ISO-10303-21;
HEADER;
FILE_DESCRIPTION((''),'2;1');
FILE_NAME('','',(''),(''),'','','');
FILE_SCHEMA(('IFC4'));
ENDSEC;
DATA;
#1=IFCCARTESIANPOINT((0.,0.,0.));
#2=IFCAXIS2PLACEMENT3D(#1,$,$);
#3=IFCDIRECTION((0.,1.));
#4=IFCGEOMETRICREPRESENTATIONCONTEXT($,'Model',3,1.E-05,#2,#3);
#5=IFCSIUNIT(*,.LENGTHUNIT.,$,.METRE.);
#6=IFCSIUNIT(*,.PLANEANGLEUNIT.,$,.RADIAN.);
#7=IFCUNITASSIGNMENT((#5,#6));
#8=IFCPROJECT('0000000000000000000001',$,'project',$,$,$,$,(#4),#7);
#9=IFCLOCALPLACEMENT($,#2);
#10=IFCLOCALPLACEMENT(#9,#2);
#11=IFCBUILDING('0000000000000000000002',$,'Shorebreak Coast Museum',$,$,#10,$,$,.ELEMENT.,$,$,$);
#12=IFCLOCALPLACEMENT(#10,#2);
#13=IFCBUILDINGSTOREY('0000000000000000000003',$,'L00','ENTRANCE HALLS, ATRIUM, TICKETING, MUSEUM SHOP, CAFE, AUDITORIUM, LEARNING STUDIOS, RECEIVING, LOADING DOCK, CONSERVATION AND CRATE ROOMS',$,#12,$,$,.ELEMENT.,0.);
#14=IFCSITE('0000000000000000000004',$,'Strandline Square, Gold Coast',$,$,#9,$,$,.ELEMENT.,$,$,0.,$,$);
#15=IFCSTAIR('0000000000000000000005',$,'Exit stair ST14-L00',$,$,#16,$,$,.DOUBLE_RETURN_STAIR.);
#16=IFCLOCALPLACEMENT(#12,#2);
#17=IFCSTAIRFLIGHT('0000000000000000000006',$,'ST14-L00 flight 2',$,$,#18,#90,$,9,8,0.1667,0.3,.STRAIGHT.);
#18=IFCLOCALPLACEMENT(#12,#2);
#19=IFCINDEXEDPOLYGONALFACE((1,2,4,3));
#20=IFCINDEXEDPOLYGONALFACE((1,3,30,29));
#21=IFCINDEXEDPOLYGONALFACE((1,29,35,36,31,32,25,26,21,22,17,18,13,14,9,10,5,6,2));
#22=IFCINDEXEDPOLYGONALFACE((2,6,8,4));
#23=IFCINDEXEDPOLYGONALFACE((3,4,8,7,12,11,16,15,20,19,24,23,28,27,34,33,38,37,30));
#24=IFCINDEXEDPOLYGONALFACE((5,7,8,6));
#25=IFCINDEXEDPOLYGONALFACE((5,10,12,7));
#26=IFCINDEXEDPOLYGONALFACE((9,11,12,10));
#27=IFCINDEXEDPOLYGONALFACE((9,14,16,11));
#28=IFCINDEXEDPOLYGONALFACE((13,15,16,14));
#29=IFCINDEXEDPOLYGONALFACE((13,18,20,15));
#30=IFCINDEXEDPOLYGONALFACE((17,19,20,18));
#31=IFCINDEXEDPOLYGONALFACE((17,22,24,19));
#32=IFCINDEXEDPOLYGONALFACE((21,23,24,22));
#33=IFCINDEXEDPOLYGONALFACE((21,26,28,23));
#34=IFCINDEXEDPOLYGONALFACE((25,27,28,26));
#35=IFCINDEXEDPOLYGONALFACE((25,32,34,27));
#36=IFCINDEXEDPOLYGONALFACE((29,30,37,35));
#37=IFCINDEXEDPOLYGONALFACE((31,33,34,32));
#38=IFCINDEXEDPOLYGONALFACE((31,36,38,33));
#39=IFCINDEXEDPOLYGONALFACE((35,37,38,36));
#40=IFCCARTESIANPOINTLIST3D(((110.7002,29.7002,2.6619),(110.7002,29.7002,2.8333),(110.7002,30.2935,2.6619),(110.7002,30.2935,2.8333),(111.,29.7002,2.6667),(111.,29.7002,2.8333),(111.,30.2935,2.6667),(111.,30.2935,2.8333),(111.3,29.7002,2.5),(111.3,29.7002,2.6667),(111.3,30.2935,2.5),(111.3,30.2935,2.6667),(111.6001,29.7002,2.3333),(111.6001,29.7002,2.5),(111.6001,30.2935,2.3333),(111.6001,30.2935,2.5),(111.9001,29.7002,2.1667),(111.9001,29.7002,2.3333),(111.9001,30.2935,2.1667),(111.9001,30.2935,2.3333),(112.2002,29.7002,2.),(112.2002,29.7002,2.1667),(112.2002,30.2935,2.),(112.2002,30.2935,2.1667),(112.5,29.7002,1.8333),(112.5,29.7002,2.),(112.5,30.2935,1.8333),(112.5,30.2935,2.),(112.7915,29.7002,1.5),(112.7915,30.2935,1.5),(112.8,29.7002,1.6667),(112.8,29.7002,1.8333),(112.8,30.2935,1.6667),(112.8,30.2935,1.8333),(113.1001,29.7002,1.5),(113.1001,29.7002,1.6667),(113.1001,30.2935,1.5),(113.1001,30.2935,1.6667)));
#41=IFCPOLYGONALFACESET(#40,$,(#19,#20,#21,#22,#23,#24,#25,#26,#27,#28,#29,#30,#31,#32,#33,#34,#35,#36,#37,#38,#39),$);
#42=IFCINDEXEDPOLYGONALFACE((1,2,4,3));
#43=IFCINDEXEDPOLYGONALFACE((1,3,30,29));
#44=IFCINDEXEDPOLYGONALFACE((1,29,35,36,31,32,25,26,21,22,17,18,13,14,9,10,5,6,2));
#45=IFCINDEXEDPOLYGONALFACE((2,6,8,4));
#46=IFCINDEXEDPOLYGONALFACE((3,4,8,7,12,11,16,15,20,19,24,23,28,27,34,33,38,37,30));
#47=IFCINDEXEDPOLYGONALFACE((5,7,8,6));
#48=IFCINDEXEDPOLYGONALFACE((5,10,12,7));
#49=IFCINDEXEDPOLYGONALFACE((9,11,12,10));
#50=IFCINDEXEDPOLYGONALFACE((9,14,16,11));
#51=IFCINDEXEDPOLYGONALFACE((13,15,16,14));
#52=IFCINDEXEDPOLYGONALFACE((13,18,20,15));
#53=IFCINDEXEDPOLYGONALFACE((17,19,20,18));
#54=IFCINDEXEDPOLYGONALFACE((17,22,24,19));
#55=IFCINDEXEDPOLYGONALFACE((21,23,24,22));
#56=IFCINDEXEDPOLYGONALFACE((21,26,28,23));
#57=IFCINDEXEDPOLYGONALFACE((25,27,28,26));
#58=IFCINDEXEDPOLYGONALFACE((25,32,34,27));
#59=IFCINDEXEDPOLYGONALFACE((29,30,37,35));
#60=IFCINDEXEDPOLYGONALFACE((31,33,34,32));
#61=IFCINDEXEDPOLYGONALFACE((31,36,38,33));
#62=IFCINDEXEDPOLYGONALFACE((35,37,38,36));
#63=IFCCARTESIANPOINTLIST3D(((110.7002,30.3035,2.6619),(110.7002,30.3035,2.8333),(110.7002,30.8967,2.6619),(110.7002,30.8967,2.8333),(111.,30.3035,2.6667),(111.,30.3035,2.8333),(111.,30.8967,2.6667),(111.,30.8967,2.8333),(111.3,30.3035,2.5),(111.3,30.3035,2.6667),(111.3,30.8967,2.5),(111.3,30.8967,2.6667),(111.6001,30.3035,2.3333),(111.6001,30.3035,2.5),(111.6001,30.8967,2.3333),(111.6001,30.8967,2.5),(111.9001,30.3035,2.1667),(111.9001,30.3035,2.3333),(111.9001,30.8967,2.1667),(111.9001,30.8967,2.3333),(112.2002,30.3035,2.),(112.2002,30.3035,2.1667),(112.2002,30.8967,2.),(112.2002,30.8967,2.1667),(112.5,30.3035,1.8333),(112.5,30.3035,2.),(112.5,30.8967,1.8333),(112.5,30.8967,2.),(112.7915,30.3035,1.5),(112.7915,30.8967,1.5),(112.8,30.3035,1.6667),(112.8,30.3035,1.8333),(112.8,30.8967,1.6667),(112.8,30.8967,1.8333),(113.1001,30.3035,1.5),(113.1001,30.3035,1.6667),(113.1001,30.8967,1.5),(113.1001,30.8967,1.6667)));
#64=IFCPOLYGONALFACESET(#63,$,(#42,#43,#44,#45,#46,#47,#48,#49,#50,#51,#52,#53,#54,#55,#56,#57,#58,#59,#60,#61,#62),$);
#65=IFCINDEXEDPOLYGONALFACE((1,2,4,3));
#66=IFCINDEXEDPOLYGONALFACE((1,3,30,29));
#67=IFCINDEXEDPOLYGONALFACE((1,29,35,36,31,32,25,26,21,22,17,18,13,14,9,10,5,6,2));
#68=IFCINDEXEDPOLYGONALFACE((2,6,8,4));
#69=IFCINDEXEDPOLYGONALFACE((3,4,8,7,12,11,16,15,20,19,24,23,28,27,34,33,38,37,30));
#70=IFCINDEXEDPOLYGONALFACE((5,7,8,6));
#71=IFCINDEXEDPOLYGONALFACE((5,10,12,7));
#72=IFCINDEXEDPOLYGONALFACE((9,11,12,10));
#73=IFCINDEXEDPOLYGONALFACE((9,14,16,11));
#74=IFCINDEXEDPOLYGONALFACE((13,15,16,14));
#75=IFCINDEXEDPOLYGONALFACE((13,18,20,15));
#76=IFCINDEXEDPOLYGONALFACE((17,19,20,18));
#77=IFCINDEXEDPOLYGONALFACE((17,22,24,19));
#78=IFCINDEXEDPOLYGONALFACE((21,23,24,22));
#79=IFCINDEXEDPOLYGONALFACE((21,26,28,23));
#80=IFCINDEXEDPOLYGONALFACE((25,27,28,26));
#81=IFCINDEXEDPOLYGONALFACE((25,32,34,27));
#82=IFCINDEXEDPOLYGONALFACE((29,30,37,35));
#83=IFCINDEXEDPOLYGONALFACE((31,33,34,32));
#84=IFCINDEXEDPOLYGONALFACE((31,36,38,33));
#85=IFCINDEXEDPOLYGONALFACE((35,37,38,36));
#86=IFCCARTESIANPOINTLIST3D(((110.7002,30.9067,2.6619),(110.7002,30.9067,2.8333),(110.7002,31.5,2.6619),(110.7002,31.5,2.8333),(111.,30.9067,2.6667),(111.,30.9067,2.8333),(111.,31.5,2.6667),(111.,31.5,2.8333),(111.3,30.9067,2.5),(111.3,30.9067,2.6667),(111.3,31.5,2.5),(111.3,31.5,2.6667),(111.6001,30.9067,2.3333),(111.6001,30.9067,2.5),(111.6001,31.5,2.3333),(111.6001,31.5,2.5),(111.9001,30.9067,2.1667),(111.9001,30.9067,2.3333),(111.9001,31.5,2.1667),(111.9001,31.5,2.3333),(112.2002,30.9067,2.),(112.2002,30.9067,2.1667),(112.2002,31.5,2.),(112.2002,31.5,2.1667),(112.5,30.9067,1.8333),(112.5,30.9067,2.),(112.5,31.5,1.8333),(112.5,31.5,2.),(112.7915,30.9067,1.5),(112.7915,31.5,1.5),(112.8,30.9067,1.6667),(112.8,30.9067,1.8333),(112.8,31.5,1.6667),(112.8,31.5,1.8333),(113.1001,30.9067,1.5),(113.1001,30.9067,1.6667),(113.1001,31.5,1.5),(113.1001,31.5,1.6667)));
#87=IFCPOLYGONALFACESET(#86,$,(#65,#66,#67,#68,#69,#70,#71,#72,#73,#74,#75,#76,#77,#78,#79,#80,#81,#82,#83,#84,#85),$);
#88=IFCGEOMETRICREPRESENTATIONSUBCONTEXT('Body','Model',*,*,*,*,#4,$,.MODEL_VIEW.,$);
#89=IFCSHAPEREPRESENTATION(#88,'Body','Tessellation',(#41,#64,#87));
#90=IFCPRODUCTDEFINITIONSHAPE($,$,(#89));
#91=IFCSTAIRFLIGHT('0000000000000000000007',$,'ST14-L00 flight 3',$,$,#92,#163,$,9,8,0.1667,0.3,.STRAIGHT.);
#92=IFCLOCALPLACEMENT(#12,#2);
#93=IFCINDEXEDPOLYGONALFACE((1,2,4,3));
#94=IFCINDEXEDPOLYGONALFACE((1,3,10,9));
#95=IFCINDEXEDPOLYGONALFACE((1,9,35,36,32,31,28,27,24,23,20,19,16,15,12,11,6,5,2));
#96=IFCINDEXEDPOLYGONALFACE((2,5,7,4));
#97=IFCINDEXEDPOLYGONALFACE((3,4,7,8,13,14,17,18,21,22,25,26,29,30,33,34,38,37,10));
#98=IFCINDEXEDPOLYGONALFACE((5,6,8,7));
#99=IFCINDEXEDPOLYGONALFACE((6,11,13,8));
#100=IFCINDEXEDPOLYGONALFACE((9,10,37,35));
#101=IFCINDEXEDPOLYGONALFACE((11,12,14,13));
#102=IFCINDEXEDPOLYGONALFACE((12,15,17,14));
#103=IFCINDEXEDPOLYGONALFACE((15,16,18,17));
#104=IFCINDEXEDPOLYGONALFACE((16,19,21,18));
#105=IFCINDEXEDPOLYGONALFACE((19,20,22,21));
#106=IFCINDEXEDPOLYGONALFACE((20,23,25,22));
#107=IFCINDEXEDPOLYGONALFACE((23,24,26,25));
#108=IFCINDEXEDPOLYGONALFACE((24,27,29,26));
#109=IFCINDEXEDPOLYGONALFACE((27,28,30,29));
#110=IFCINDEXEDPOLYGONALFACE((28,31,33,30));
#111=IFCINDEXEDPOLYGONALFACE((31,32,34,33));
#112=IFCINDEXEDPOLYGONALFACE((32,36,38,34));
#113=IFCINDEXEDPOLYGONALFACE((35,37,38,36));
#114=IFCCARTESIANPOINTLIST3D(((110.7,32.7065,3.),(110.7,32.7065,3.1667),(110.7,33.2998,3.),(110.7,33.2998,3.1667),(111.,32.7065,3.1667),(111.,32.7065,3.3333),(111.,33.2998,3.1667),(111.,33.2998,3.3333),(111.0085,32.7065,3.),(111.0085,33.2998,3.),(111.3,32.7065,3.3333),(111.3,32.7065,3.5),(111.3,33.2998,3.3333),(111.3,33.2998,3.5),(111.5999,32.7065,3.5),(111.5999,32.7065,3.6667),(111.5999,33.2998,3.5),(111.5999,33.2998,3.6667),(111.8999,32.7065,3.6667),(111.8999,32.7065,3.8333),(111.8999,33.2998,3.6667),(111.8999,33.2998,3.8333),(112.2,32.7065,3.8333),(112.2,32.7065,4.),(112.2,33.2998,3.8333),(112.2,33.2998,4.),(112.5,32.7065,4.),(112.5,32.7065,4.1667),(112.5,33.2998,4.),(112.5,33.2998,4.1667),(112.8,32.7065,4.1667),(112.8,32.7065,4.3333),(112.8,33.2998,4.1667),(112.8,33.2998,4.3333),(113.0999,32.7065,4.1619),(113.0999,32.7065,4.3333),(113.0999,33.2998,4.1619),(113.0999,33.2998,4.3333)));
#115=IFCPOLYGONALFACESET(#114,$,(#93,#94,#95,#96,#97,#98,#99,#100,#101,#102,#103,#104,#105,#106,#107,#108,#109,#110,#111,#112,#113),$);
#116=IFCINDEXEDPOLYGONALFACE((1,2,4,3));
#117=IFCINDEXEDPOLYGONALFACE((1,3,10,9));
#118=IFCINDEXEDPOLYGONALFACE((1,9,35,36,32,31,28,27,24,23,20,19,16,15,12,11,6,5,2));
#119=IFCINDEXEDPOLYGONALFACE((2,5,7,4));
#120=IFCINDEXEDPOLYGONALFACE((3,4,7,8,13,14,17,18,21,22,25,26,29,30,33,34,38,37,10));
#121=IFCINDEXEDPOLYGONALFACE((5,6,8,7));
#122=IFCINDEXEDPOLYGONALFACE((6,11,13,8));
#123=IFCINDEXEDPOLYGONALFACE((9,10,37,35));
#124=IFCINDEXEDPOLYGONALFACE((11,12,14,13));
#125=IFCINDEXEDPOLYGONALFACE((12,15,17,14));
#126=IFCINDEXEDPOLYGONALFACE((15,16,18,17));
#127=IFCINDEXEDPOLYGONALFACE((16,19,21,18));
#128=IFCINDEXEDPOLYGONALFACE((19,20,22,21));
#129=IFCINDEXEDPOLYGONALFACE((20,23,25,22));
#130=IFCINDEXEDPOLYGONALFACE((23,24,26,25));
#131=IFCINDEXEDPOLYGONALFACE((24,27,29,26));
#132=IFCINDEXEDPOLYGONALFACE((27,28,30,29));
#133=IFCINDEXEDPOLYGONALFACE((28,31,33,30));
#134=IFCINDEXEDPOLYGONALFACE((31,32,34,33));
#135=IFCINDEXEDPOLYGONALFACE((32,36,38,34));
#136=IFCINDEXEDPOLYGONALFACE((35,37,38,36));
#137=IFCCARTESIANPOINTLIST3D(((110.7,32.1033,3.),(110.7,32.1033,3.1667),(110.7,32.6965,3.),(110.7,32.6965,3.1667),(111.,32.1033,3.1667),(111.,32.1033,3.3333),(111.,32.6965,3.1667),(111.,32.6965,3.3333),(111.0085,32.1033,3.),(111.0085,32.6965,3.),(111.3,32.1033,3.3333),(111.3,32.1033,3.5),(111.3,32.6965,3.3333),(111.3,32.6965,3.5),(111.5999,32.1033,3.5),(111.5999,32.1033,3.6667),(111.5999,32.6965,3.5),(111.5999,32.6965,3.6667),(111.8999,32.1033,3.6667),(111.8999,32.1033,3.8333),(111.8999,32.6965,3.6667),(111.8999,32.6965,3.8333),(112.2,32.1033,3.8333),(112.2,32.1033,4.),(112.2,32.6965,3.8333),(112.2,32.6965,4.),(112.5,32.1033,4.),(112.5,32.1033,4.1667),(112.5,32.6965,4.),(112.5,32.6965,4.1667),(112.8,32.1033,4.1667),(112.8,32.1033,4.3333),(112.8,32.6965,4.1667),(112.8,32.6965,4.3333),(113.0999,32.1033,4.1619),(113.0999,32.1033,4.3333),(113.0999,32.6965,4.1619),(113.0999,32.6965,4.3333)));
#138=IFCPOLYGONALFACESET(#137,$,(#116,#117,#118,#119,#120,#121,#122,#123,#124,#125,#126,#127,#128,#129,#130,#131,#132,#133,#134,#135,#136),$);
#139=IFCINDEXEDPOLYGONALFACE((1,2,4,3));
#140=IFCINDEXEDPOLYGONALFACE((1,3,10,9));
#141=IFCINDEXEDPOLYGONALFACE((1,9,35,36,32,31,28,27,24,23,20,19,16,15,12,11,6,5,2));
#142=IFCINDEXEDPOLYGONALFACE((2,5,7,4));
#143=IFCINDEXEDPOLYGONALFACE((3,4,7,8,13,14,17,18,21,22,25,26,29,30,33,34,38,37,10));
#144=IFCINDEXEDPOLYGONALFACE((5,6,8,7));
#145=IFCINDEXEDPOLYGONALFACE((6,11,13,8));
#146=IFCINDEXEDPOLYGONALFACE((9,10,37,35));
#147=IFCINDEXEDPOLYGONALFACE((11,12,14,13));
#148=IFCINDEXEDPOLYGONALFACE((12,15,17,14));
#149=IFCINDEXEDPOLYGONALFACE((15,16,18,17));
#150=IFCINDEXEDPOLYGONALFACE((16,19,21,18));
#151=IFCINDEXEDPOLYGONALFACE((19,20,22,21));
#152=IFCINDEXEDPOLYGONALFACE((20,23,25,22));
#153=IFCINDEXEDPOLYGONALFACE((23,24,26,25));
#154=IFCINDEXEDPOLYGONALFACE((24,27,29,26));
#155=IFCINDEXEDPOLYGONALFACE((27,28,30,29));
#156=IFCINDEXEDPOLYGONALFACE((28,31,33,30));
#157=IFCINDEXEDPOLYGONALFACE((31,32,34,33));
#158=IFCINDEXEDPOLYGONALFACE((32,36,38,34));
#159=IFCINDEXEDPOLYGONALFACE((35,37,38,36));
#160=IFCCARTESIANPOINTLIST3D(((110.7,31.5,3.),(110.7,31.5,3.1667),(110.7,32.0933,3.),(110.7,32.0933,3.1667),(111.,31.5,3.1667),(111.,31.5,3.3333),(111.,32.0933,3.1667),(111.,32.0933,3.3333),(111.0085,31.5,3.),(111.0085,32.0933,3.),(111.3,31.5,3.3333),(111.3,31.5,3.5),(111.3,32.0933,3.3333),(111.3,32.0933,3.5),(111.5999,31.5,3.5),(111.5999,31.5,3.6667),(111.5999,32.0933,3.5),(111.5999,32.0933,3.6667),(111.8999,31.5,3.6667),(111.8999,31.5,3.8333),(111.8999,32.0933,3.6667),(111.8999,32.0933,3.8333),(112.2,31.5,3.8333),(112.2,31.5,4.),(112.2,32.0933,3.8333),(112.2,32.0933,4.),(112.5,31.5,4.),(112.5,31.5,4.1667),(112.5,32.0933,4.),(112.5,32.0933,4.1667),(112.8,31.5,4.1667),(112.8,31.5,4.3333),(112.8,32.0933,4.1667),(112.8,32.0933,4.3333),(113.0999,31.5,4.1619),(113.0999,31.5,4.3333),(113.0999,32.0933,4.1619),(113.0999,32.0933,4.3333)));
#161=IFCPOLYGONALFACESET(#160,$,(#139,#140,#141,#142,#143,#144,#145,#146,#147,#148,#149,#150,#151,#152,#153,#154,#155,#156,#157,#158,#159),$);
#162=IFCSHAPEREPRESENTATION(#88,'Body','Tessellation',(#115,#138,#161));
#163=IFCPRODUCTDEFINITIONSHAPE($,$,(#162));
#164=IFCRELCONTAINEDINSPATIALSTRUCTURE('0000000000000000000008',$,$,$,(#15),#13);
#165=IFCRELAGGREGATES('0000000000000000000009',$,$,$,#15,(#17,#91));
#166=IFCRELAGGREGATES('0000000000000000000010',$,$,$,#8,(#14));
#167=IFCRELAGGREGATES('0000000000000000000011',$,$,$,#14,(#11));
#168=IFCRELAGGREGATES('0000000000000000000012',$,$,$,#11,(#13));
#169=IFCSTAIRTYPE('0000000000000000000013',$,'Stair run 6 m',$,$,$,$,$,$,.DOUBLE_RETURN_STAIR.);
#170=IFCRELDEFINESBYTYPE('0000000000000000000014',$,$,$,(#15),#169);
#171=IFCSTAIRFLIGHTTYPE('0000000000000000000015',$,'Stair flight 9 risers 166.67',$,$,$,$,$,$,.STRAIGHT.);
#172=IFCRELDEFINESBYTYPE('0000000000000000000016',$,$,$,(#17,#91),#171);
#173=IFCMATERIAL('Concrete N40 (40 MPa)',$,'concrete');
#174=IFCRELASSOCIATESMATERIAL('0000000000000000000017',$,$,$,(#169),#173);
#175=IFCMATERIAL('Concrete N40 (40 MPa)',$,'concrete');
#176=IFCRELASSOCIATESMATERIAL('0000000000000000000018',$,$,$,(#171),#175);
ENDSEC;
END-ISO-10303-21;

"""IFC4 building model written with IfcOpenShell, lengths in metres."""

from ifc_helpers import new_model, si_unit, direction, frame, origin, place, context, subcontext, project, spatial, polyline, outline, extrude, material, type_object, element, aggregate, save


model = new_model("IFC4")

# Units and contexts
model_context = context("Model", 3, precision=1e-05, world=origin(), true_north=direction((0.0, 1.0)))
body_context = subcontext(model_context, "Body", "Model", "MODEL_VIEW")
ifc_project = project(units=[si_unit("LENGTHUNIT", "METRE"), si_unit("PLANEANGLEUNIT", "RADIAN")], contexts=[model_context])

# Site, building, storey
site_placement = place(None, origin())
site = spatial("IfcSite", under=ifc_project, at=site_placement, Name="Strandline Square, Gold Coast", CompositionType="ELEMENT", RefElevation=0.0)
building_placement = place(site_placement, origin())
building = spatial("IfcBuilding", under=site, at=building_placement, Name="Shorebreak Coast Museum", CompositionType="ELEMENT")
storey_placement = place(building_placement, origin())
storey = spatial("IfcBuildingStorey", under=building, at=storey_placement, Name="L00", Description="ENTRANCE HALLS, ATRIUM, TICKETING, MUSEUM SHOP, CAFE, AUDITORIUM, LEARNING STUDIOS, RECEIVING, LOADING DOCK, CONSERVATION AND CRATE ROOMS", CompositionType="ELEMENT", Elevation=0.0)

# Stair, stair flights
ifc_material_1 = material(Name="Concrete N40 (40 MPa)", Category="concrete")
stair_type = type_object("IfcStairType", Name="Stair run 6 m", PredefinedType="DOUBLE_RETURN_STAIR", material=ifc_material_1)
stair_placement = place(storey_placement, origin())
stair = element("IfcStair", 1, at=stair_placement, inside=storey, type_object=stair_type, Name="Exit stair ST14-L00", PredefinedType="DOUBLE_RETURN_STAIR")
ifc_material_2 = material(Name="Concrete N40 (40 MPa)", Category="concrete")
stair_flight_type = type_object("IfcStairFlightType", Name="Stair flight 9 risers 166.67", PredefinedType="STRAIGHT", material=ifc_material_2)
stair_flight_1_placement = place(storey_placement, frame((113.1001, 30.6001, 1.5), z_axis=(0.0, 0.0, 1.0), x_axis=(-1.0, 0.0, 0.0)))
stair_flight_1 = element("IfcStairFlight", 2, at=stair_flight_1_placement, type_object=stair_flight_type, Name="ST14-L00 flight 2", NumberOfRisers=9, NumberOfTreads=8, PredefinedType="STRAIGHT", RiserHeight=0.1667, TreadLength=0.3, context=body_context, shape_type="SweptSolid", body=[
    extrude(outline(polyline([(0.0, 0.0), (0.0, 0.1667), (0.3, 0.1667), (0.3, 0.3333), (0.6001, 0.3333), (0.6001, 0.5), (0.8999, 0.5), (0.8999, 0.6667), (1.2, 0.6667), (1.2, 0.8333), (1.5, 0.8333), (1.5, 1.0), (1.8, 1.0), (1.8, 1.1667), (2.1001, 1.1667), (2.1001, 1.3333), (2.3999, 1.3333), (2.3999, 1.5), (2.3999, 1.1619), (0.3086, 0.0), (0.0, 0.0)])), frame((0.0, 0.8999, 0.0), z_axis=(0.0, -1.0, 0.0), x_axis=(1.0, 0.0, 0.0)), (0.0, 0.0, 1.0), 0.5933),
    extrude(outline(polyline([(0.0, 0.0), (0.0, 0.1667), (0.3, 0.1667), (0.3, 0.3333), (0.6001, 0.3333), (0.6001, 0.5), (0.8999, 0.5), (0.8999, 0.6667), (1.2, 0.6667), (1.2, 0.8333), (1.5, 0.8333), (1.5, 1.0), (1.8, 1.0), (1.8, 1.1667), (2.1001, 1.1667), (2.1001, 1.3333), (2.3999, 1.3333), (2.3999, 1.5), (2.3999, 1.1619), (0.3086, 0.0), (0.0, 0.0)])), frame((0.0, 0.2966, 0.0), z_axis=(0.0, -1.0, 0.0), x_axis=(1.0, 0.0, 0.0)), (0.0, 0.0, 1.0), 0.5933),
    extrude(outline(polyline([(0.0, 0.0), (0.0, 0.1667), (0.3, 0.1667), (0.3, 0.3333), (0.6001, 0.3333), (0.6001, 0.5), (0.8999, 0.5), (0.8999, 0.6667), (1.2, 0.6667), (1.2, 0.8333), (1.5, 0.8333), (1.5, 1.0), (1.8, 1.0), (1.8, 1.1667), (2.1001, 1.1667), (2.1001, 1.3333), (2.3999, 1.3333), (2.3999, 1.5), (2.3999, 1.1619), (0.3086, 0.0), (0.0, 0.0)])), frame((0.0, -0.3066, 0.0), z_axis=(0.0, -1.0, 0.0), x_axis=(1.0, 0.0, 0.0)), (0.0, 0.0, 1.0), 0.5933),
])
stair_flight_2_placement = place(storey_placement, frame((110.7, 32.3999, 3.0), z_axis=(0.0, 0.0, 1.0), x_axis=(1.0, 0.0, 0.0)))
stair_flight_2 = element("IfcStairFlight", 3, at=stair_flight_2_placement, type_object=stair_flight_type, Name="ST14-L00 flight 3", NumberOfRisers=9, NumberOfTreads=8, PredefinedType="STRAIGHT", RiserHeight=0.1667, TreadLength=0.3, context=body_context, shape_type="SweptSolid", body=[
    extrude(outline(polyline([(0.0, 0.0), (0.0, 0.1667), (0.3, 0.1667), (0.3, 0.3333), (0.6001, 0.3333), (0.6001, 0.5), (0.8999, 0.5), (0.8999, 0.6667), (1.2, 0.6667), (1.2, 0.8333), (1.5, 0.8333), (1.5, 1.0), (1.8, 1.0), (1.8, 1.1667), (2.1001, 1.1667), (2.1001, 1.3333), (2.3999, 1.3333), (2.3999, 1.5), (2.3999, 1.1619), (0.3086, 0.0), (0.0, 0.0)])), frame((0.0, 0.8999, 0.0), z_axis=(0.0, -1.0, 0.0), x_axis=(1.0, 0.0, 0.0)), (0.0, 0.0, 1.0), 0.5933),
    extrude(outline(polyline([(0.0, 0.0), (0.0, 0.1667), (0.3, 0.1667), (0.3, 0.3333), (0.6001, 0.3333), (0.6001, 0.5), (0.8999, 0.5), (0.8999, 0.6667), (1.2, 0.6667), (1.2, 0.8333), (1.5, 0.8333), (1.5, 1.0), (1.8, 1.0), (1.8, 1.1667), (2.1001, 1.1667), (2.1001, 1.3333), (2.3999, 1.3333), (2.3999, 1.5), (2.3999, 1.1619), (0.3086, 0.0), (0.0, 0.0)])), frame((0.0, 0.2966, 0.0), z_axis=(0.0, -1.0, 0.0), x_axis=(1.0, 0.0, 0.0)), (0.0, 0.0, 1.0), 0.5933),
    extrude(outline(polyline([(0.0, 0.0), (0.0, 0.1667), (0.3, 0.1667), (0.3, 0.3333), (0.6001, 0.3333), (0.6001, 0.5), (0.8999, 0.5), (0.8999, 0.6667), (1.2, 0.6667), (1.2, 0.8333), (1.5, 0.8333), (1.5, 1.0), (1.8, 1.0), (1.8, 1.1667), (2.1001, 1.1667), (2.1001, 1.3333), (2.3999, 1.3333), (2.3999, 1.5), (2.3999, 1.1619), (0.3086, 0.0), (0.0, 0.0)])), frame((0.0, -0.3066, 0.0), z_axis=(0.0, -1.0, 0.0), x_axis=(1.0, 0.0, 0.0)), (0.0, 0.0, 1.0), 0.5933),
])
aggregate(stair, [stair_flight_1, stair_flight_2])

save(model, "model.ifc")
